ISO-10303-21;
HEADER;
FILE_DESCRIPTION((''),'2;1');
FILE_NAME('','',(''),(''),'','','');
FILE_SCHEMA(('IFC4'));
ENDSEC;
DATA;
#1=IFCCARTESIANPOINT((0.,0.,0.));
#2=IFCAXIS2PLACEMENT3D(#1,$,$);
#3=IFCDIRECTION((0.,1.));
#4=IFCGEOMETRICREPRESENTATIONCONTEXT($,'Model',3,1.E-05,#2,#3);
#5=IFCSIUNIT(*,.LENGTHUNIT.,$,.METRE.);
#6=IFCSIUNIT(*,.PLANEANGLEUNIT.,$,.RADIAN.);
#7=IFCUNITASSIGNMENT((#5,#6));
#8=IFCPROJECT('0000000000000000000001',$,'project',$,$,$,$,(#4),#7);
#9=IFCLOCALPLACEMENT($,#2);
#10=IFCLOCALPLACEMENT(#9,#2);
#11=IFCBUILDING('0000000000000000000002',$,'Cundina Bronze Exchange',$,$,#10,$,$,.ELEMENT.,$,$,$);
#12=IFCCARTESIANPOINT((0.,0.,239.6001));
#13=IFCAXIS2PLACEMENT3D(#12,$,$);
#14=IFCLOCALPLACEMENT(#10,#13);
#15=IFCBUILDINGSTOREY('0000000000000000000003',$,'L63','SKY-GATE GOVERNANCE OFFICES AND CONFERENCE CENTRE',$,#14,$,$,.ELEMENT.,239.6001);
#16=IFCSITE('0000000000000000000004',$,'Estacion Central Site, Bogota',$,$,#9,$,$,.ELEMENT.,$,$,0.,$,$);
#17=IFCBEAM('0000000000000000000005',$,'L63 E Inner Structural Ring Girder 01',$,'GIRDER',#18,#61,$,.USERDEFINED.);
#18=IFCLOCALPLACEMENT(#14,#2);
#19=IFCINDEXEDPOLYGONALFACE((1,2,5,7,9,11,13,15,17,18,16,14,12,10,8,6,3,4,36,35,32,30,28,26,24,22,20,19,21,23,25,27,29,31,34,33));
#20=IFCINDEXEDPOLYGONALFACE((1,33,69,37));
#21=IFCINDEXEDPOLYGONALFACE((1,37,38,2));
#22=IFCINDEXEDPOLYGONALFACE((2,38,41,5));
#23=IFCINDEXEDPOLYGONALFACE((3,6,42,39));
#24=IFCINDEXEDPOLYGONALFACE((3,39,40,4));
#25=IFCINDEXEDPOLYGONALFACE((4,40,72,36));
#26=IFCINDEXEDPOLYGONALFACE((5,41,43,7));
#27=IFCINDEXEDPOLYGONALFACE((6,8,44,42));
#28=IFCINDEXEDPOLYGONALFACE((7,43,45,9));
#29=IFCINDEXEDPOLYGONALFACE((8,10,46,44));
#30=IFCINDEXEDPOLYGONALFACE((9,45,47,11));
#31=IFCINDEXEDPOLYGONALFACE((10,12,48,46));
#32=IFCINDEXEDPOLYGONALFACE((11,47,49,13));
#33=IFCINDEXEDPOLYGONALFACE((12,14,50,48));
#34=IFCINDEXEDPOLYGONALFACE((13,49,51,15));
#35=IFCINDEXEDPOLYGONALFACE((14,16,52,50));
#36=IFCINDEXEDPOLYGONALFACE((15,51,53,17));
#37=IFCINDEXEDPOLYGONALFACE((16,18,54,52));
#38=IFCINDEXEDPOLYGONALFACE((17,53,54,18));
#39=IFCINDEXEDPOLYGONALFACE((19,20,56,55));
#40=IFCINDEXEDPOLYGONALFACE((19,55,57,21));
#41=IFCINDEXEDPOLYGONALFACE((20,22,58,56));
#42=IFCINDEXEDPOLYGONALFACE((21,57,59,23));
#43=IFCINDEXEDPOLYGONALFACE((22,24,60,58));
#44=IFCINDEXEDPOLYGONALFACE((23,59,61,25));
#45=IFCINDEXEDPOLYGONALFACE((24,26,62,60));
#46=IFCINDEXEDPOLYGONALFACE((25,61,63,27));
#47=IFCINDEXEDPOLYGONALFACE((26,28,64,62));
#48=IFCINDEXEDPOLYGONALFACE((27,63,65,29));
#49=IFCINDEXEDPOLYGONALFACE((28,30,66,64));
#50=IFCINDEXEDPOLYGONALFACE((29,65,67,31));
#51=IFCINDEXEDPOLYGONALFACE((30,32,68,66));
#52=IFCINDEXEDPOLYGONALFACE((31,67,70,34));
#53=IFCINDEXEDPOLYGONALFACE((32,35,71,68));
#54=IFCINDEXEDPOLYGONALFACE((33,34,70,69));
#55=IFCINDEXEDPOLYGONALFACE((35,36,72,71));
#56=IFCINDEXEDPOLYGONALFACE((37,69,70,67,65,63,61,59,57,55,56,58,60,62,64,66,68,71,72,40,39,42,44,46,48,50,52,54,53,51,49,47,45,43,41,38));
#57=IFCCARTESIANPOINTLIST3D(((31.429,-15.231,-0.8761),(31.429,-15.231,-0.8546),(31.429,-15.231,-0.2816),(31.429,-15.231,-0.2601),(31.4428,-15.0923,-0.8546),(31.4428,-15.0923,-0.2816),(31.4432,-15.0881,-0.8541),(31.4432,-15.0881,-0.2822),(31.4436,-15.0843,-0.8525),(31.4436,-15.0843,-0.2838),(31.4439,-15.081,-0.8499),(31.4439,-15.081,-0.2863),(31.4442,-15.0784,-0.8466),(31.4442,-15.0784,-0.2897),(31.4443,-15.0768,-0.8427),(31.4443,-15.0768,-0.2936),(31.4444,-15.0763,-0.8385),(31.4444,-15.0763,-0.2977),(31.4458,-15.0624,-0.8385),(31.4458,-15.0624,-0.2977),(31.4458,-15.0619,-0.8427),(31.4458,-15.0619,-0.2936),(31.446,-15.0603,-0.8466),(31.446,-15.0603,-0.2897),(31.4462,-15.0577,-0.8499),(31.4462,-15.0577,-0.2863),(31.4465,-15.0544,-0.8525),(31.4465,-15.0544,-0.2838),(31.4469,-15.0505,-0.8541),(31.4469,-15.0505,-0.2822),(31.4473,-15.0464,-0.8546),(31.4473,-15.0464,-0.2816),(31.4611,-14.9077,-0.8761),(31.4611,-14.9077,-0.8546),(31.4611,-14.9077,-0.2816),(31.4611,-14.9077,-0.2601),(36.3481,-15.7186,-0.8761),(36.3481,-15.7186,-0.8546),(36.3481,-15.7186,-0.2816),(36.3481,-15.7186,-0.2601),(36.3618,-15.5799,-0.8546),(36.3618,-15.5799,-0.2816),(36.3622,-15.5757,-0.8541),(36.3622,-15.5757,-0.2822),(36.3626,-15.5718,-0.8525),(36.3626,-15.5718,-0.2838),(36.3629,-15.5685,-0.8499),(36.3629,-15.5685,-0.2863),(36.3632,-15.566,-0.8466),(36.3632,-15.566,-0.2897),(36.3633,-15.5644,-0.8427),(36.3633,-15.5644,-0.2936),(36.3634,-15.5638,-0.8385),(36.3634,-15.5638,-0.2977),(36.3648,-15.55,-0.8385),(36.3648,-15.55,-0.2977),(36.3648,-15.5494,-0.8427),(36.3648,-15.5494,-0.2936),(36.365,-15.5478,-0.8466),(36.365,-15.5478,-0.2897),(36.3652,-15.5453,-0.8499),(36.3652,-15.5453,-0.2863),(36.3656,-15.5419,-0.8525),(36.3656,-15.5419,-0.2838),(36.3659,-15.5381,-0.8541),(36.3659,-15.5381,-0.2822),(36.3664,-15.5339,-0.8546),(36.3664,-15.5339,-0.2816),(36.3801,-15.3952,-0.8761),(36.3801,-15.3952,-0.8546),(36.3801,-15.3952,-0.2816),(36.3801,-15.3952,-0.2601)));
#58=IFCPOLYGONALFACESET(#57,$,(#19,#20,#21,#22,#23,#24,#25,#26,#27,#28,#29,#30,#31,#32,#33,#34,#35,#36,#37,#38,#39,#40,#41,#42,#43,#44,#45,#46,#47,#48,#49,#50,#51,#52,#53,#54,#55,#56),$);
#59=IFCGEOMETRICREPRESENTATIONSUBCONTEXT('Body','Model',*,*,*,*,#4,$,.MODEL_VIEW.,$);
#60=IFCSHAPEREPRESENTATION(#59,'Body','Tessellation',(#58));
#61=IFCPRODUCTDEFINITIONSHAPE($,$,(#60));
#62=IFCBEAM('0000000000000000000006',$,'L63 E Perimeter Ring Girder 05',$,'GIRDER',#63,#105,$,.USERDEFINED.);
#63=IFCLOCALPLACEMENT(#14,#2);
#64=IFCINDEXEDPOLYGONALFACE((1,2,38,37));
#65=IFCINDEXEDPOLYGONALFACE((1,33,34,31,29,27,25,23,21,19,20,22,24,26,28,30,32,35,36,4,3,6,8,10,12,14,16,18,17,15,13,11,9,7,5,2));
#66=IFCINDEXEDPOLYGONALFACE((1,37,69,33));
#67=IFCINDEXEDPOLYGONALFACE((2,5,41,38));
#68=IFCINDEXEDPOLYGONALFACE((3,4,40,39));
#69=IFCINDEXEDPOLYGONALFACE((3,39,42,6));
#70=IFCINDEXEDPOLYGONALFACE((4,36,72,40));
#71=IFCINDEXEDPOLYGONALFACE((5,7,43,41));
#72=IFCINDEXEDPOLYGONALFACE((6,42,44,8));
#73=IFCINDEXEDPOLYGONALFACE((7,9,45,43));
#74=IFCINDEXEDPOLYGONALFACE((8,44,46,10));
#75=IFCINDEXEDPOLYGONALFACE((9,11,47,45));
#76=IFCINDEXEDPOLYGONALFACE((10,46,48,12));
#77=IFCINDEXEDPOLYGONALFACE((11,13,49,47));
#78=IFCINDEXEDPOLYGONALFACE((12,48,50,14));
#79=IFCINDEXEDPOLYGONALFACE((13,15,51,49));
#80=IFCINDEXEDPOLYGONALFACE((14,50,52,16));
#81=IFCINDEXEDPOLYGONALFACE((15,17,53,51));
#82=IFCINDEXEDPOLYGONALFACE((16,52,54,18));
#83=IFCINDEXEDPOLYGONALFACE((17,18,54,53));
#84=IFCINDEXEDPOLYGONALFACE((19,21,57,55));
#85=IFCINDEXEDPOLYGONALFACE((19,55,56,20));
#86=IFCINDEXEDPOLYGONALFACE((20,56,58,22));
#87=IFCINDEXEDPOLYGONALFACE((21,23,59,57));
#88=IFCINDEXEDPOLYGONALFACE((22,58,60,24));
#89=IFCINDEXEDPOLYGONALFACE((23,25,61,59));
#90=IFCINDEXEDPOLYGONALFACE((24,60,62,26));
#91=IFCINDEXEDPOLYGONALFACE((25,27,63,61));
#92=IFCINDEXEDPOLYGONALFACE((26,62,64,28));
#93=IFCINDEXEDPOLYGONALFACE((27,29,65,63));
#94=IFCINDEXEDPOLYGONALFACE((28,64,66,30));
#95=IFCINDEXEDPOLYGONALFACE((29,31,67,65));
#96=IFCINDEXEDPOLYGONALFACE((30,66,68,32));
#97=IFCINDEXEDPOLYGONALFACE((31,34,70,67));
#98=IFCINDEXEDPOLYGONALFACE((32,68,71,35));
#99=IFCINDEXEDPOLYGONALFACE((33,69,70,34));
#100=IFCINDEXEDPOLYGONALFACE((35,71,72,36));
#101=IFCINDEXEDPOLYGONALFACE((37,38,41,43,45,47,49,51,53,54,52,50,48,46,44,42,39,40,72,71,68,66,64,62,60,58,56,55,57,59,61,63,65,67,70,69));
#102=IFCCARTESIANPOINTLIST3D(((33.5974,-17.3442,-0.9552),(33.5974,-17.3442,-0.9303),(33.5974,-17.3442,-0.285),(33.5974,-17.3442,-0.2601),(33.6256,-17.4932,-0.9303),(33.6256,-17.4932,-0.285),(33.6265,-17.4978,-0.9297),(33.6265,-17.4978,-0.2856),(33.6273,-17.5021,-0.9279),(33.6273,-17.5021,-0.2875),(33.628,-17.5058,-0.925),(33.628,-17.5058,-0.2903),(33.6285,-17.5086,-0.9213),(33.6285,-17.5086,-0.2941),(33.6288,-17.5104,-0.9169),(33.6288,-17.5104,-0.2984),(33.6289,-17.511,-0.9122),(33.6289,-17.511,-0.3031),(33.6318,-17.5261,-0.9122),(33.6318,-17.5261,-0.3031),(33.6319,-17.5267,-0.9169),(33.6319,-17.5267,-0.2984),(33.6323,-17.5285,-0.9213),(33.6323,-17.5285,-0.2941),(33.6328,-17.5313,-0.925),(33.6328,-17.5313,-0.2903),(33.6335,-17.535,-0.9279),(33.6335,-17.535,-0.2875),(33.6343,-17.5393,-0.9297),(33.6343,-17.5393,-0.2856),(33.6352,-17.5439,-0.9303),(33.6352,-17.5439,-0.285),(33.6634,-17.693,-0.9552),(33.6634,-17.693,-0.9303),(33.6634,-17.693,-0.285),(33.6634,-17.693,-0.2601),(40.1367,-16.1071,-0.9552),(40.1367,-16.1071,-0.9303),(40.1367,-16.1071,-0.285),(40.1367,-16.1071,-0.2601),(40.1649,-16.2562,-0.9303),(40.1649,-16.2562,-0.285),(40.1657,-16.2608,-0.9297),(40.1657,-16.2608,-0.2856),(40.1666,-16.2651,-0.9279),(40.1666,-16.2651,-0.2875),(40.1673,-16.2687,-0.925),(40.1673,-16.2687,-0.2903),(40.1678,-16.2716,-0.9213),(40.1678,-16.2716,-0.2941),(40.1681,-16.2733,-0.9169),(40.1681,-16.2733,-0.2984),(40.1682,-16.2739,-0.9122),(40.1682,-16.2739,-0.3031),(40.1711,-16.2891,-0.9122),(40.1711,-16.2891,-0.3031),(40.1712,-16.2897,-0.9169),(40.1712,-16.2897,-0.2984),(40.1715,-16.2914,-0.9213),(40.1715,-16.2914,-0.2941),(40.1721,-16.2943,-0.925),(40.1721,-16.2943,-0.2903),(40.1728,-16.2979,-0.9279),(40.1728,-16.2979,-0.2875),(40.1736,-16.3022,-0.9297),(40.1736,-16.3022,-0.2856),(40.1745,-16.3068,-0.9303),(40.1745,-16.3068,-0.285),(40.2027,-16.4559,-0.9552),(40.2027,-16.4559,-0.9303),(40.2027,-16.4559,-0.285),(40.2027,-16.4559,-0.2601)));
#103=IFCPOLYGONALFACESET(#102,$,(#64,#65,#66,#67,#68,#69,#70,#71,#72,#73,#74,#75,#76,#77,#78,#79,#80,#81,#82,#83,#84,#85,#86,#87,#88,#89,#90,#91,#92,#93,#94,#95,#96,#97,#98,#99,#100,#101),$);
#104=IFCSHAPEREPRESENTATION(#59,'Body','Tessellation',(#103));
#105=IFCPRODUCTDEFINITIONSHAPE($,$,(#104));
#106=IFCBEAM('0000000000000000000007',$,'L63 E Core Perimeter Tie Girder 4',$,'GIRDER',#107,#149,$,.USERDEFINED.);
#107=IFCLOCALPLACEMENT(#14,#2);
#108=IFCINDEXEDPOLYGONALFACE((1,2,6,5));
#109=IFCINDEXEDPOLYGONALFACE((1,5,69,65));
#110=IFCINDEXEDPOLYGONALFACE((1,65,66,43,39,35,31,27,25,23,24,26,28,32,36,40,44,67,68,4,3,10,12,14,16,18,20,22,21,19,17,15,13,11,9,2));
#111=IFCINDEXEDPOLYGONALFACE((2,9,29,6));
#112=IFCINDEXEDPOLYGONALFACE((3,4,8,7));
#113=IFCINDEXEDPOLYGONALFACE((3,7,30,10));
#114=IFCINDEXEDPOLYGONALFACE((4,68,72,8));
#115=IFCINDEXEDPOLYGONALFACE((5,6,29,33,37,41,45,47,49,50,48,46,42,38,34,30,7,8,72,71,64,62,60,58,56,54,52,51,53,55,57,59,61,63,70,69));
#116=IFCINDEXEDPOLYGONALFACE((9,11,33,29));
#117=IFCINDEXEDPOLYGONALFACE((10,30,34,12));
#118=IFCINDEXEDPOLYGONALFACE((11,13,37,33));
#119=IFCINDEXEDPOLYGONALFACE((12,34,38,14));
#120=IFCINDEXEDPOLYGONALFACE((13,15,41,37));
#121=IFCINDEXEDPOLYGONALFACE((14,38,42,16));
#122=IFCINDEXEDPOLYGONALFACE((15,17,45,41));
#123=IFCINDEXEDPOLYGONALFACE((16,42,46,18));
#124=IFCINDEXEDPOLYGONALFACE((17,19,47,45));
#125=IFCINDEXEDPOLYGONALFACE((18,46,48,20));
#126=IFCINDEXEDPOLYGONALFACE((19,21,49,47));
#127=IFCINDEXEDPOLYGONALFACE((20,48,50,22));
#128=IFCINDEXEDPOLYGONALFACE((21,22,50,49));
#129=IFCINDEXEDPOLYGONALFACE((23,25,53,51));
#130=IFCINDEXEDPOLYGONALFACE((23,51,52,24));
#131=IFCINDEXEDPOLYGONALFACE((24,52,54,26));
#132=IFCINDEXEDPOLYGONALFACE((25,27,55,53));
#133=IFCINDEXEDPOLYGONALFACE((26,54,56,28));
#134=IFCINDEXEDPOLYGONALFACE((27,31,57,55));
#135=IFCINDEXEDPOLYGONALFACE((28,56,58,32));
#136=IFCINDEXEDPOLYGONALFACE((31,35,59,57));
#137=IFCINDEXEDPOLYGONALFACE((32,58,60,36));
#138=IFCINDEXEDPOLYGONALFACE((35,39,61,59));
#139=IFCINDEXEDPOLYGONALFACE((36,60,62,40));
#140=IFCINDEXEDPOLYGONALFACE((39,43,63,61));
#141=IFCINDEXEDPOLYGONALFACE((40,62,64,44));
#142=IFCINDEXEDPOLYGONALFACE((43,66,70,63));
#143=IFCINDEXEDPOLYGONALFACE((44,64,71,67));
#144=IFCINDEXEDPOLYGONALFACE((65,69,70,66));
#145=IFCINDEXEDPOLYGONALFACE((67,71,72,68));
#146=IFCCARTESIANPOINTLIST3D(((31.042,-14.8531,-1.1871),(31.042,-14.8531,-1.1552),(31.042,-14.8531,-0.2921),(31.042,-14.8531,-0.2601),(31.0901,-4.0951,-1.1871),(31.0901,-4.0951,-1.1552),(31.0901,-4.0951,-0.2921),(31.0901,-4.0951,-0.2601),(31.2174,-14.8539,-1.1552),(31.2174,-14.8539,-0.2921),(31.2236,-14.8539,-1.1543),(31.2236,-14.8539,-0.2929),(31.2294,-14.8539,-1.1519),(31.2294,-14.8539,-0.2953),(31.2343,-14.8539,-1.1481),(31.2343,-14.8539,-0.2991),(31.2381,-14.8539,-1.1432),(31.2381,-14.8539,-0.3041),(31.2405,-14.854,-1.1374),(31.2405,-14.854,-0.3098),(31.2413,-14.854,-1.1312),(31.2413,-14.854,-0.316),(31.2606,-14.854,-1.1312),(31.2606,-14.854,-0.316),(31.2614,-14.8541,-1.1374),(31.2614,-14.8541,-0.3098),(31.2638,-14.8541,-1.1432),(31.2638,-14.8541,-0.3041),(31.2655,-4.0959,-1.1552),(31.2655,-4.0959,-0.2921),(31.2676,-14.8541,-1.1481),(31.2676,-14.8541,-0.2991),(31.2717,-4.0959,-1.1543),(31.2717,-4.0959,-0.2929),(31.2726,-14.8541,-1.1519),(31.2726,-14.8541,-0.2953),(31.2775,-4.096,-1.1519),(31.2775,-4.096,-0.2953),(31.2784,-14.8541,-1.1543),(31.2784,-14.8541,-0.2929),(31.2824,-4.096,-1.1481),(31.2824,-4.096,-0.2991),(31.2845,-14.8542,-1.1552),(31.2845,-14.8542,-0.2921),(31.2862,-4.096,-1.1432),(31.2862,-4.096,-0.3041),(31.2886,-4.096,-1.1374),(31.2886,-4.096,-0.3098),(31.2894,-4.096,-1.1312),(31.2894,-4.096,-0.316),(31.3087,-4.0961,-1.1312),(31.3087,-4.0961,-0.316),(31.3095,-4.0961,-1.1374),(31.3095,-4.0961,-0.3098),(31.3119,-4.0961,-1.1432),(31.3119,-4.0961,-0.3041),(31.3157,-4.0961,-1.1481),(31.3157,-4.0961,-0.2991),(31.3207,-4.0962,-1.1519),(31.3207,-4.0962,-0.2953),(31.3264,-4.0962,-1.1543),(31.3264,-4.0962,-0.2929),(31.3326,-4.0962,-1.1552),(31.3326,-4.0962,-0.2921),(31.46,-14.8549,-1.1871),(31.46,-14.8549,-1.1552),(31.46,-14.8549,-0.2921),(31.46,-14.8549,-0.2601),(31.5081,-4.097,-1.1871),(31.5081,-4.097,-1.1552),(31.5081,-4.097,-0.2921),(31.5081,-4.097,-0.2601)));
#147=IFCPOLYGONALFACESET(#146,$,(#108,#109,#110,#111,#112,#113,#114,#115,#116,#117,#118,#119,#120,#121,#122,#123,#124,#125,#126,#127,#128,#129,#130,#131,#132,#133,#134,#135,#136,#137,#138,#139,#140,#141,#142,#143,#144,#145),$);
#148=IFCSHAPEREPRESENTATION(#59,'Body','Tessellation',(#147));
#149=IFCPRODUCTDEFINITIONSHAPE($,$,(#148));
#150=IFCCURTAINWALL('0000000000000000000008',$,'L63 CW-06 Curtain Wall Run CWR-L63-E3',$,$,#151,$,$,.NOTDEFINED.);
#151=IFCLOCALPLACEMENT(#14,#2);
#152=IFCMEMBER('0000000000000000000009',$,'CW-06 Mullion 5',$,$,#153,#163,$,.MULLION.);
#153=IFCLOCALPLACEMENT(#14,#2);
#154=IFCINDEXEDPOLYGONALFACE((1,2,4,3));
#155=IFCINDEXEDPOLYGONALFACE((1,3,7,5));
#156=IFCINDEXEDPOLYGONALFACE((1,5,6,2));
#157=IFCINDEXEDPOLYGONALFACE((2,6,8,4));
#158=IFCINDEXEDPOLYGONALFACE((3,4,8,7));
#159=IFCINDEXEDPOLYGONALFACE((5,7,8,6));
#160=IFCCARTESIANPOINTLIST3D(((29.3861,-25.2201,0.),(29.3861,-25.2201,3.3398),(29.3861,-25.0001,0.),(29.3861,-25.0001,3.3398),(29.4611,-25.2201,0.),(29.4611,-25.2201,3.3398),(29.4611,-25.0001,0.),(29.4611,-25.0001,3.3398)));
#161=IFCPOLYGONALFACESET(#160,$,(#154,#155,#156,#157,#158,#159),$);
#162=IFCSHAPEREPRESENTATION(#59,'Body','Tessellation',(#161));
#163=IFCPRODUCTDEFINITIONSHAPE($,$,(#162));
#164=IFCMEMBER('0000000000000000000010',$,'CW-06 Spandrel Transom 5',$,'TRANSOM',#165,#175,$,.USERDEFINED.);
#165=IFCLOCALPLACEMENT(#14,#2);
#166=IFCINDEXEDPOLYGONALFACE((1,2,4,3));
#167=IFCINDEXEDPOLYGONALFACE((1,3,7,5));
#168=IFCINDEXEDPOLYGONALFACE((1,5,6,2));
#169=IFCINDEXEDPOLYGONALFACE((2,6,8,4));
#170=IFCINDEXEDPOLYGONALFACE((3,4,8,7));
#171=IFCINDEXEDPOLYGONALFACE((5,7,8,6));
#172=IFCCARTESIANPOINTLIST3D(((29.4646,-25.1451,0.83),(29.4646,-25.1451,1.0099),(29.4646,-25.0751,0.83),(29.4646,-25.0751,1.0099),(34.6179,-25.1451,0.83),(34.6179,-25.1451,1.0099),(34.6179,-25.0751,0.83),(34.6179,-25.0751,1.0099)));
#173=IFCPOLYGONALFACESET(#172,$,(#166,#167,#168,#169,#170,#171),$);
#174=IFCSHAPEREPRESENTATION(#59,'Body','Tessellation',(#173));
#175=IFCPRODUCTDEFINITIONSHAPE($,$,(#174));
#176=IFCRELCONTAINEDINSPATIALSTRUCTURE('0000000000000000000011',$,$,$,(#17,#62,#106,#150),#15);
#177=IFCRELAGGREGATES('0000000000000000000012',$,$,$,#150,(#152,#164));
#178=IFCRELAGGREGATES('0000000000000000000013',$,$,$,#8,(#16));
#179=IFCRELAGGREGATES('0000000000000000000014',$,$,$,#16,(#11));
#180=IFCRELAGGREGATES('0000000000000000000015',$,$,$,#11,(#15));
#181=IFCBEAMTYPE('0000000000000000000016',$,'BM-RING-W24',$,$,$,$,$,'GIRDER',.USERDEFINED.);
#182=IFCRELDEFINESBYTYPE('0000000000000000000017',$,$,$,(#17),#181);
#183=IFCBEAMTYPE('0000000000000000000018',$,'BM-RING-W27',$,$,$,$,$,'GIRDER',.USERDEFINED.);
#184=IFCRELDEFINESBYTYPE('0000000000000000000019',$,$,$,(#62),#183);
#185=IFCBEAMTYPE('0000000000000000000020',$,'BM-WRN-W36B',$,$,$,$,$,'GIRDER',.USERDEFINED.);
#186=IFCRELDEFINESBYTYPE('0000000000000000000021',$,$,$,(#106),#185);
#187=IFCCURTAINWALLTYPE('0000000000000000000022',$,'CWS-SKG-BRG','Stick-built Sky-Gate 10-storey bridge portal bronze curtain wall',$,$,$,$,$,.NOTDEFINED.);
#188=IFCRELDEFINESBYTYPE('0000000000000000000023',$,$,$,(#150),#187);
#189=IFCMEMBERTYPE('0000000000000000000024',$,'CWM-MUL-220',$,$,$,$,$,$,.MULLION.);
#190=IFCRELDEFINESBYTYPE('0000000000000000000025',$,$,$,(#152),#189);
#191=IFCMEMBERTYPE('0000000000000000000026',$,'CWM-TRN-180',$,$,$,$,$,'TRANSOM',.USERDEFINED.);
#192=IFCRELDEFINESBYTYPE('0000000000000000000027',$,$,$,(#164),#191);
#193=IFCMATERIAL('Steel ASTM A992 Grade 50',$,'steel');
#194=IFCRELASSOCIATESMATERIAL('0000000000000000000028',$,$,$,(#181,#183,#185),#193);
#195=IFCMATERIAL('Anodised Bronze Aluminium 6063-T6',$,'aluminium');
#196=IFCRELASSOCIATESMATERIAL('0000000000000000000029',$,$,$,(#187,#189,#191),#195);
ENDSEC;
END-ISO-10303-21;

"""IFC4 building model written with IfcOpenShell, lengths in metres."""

from ifc_helpers import new_model, si_unit, direction, frame, origin, origin_2d, place, context, subcontext, project, spatial, rectangle, i_section, extrude, material, material_profile, profile_set, type_object, element, aggregate, save


model = new_model("IFC4")

# Units and contexts
model_context = context("Model", 3, precision=1e-05, world=origin(), true_north=direction((0.0, 1.0)))
body_context = subcontext(model_context, "Body", "Model", "MODEL_VIEW")
ifc_project = project(units=[si_unit("LENGTHUNIT", "METRE"), si_unit("PLANEANGLEUNIT", "RADIAN")], contexts=[model_context])

# Site, building, storey
site_placement = place(None, origin())
site = spatial("IfcSite", under=ifc_project, at=site_placement, Name="Estacion Central Site, Bogota", CompositionType="ELEMENT", RefElevation=0.0)
building_placement = place(site_placement, origin())
building = spatial("IfcBuilding", under=site, at=building_placement, Name="Cundina Bronze Exchange", CompositionType="ELEMENT")
storey_placement = place(building_placement, frame((0.0, 0.0, 239.6001)))
storey = spatial("IfcBuildingStorey", under=building, at=storey_placement, Name="L63", Description="SKY-GATE GOVERNANCE OFFICES AND CONFERENCE CENTRE", CompositionType="ELEMENT", Elevation=239.6001)

# Shared definitions
ifc_material_1 = material(Name="Steel ASTM A992 Grade 50", Category="steel")

# Beams
ifc_material_profile_1 = material_profile(ifc_material_1, i_section(OverallWidth=0.325, OverallDepth=0.616, WebThickness=0.0139, FlangeThickness=0.0215, FilletRadius=0.0161, at=origin_2d()), Name="W24X117", Category="steel")
ifc_profile_set_1 = profile_set([ifc_material_profile_1], Name="Steel ASTM A992 Grade 50")
beam_type_1 = type_object("IfcBeamType", Name="BM-RING-W24", ElementType="GIRDER", PredefinedType="USERDEFINED", material=ifc_profile_set_1)
beam_1_placement = place(storey_placement, frame((31.4451, -15.0693, -0.5681), z_axis=(0.995124, -0.098633, 0.0), x_axis=(0.098633, 0.995124, 0.0)))
element("IfcBeam", 1, at=beam_1_placement, inside=storey, type_object=beam_type_1, Name="L63 E Inner Structural Ring Girder 01", ObjectType="GIRDER", PredefinedType="USERDEFINED", context=body_context, shape_type="SweptSolid", body=[
    extrude(i_section(OverallWidth=0.325, OverallDepth=0.616, WebThickness=0.0139, FlangeThickness=0.0215, FilletRadius=0.0161, at=origin_2d()), origin(), (0.0, 0.0, 1.0), 4.9431),
])
ifc_material_profile_2 = material_profile(ifc_material_1, i_section(OverallWidth=0.355, OverallDepth=0.6951, WebThickness=0.0154, FlangeThickness=0.0249, FilletRadius=0.0181, at=origin_2d()), Name="W27X146", Category="steel")
ifc_profile_set_2 = profile_set([ifc_material_profile_2], Name="Steel ASTM A992 Grade 50")
beam_type_2 = type_object("IfcBeamType", Name="BM-RING-W27", ElementType="GIRDER", PredefinedType="USERDEFINED", material=ifc_profile_set_2)
beam_2_placement = place(storey_placement, frame((33.6304, -17.5186, -0.6077), z_axis=(0.982573, 0.185876, 0.0), x_axis=(-0.185876, 0.982573, 0.0)))
element("IfcBeam", 2, at=beam_2_placement, inside=storey, type_object=beam_type_2, Name="L63 E Perimeter Ring Girder 05", ObjectType="GIRDER", PredefinedType="USERDEFINED", context=body_context, shape_type="SweptSolid", body=[
    extrude(i_section(OverallWidth=0.355, OverallDepth=0.6951, WebThickness=0.0154, FlangeThickness=0.0249, FilletRadius=0.0181, at=origin_2d()), origin(), (0.0, 0.0, 1.0), 6.6553),
])
ifc_material_profile_3 = material_profile(ifc_material_1, i_section(OverallWidth=0.418, OverallDepth=0.927, WebThickness=0.0193, FlangeThickness=0.032, FilletRadius=0.0239, at=origin_2d()), Name="W36X231", Category="steel")
ifc_profile_set_3 = profile_set([ifc_material_profile_3], Name="Steel ASTM A992 Grade 50")
beam_type_3 = type_object("IfcBeamType", Name="BM-WRN-W36B", ElementType="GIRDER", PredefinedType="USERDEFINED", material=ifc_profile_set_3)
beam_3_placement = place(storey_placement, frame((31.251, -14.854, -0.7236), z_axis=(0.004471, 0.99999, 0.0), x_axis=(-0.99999, 0.004471, 0.0)))
element("IfcBeam", 3, at=beam_3_placement, inside=storey, type_object=beam_type_3, Name="L63 E Core Perimeter Tie Girder 4", ObjectType="GIRDER", PredefinedType="USERDEFINED", context=body_context, shape_type="SweptSolid", body=[
    extrude(i_section(OverallWidth=0.418, OverallDepth=0.927, WebThickness=0.0193, FlangeThickness=0.032, FilletRadius=0.0239, at=origin_2d()), origin(), (0.0, 0.0, 1.0), 10.7581),
])

# Curtain wall, members
ifc_material_2 = material(Name="Anodised Bronze Aluminium 6063-T6", Category="aluminium")
curtain_wall_type = type_object("IfcCurtainWallType", Name="CWS-SKG-BRG", Description="Stick-built Sky-Gate 10-storey bridge portal bronze curtain wall", PredefinedType="NOTDEFINED", material=ifc_material_2)
curtain_wall_placement = place(storey_placement, origin())
curtain_wall = element("IfcCurtainWall", 4, at=curtain_wall_placement, inside=storey, type_object=curtain_wall_type, Name="L63 CW-06 Curtain Wall Run CWR-L63-E3", PredefinedType="NOTDEFINED")
ifc_material_profile_4 = material_profile(ifc_material_2, rectangle(XDim=0.075, YDim=0.22, at=origin_2d()), Name="AL75X220", Category="aluminium")
ifc_profile_set_4 = profile_set([ifc_material_profile_4], Name="Anodised Bronze Aluminium 6063-T6")
member_type_1 = type_object("IfcMemberType", Name="CWM-MUL-220", PredefinedType="MULLION", material=ifc_profile_set_4)
member_1_placement = place(storey_placement, frame((29.4236, -25.1101, 0.0), z_axis=(0.0, 0.0, 1.0), x_axis=(1.0, 0.0, 0.0)))
member_1 = element("IfcMember", 5, at=member_1_placement, type_object=member_type_1, Name="CW-06 Mullion 5", PredefinedType="MULLION", context=body_context, shape_type="SweptSolid", body=[
    extrude(rectangle(XDim=0.075, YDim=0.22, at=origin_2d()), origin(), (0.0, 0.0, 1.0), 3.3398),
])
ifc_material_profile_5 = material_profile(ifc_material_2, rectangle(XDim=0.0701, YDim=0.1799, at=origin_2d()), Name="AL70X180", Category="aluminium")
ifc_profile_set_5 = profile_set([ifc_material_profile_5], Name="Anodised Bronze Aluminium 6063-T6")
member_type_2 = type_object("IfcMemberType", Name="CWM-TRN-180", ElementType="TRANSOM", PredefinedType="USERDEFINED", material=ifc_profile_set_5)
member_2_placement = place(storey_placement, frame((29.4646, -25.1101, 0.9199), z_axis=(1.0, 0.0, 0.0), x_axis=(0.0, 1.0, 0.0)))
member_2 = element("IfcMember", 6, at=member_2_placement, type_object=member_type_2, Name="CW-06 Spandrel Transom 5", ObjectType="TRANSOM", PredefinedType="USERDEFINED", context=body_context, shape_type="SweptSolid", body=[
    extrude(rectangle(XDim=0.0701, YDim=0.1799, at=origin_2d()), origin(), (0.0, 0.0, 1.0), 5.1533),
])
aggregate(curtain_wall, [member_1, member_2])

save(model, "model.ifc")
